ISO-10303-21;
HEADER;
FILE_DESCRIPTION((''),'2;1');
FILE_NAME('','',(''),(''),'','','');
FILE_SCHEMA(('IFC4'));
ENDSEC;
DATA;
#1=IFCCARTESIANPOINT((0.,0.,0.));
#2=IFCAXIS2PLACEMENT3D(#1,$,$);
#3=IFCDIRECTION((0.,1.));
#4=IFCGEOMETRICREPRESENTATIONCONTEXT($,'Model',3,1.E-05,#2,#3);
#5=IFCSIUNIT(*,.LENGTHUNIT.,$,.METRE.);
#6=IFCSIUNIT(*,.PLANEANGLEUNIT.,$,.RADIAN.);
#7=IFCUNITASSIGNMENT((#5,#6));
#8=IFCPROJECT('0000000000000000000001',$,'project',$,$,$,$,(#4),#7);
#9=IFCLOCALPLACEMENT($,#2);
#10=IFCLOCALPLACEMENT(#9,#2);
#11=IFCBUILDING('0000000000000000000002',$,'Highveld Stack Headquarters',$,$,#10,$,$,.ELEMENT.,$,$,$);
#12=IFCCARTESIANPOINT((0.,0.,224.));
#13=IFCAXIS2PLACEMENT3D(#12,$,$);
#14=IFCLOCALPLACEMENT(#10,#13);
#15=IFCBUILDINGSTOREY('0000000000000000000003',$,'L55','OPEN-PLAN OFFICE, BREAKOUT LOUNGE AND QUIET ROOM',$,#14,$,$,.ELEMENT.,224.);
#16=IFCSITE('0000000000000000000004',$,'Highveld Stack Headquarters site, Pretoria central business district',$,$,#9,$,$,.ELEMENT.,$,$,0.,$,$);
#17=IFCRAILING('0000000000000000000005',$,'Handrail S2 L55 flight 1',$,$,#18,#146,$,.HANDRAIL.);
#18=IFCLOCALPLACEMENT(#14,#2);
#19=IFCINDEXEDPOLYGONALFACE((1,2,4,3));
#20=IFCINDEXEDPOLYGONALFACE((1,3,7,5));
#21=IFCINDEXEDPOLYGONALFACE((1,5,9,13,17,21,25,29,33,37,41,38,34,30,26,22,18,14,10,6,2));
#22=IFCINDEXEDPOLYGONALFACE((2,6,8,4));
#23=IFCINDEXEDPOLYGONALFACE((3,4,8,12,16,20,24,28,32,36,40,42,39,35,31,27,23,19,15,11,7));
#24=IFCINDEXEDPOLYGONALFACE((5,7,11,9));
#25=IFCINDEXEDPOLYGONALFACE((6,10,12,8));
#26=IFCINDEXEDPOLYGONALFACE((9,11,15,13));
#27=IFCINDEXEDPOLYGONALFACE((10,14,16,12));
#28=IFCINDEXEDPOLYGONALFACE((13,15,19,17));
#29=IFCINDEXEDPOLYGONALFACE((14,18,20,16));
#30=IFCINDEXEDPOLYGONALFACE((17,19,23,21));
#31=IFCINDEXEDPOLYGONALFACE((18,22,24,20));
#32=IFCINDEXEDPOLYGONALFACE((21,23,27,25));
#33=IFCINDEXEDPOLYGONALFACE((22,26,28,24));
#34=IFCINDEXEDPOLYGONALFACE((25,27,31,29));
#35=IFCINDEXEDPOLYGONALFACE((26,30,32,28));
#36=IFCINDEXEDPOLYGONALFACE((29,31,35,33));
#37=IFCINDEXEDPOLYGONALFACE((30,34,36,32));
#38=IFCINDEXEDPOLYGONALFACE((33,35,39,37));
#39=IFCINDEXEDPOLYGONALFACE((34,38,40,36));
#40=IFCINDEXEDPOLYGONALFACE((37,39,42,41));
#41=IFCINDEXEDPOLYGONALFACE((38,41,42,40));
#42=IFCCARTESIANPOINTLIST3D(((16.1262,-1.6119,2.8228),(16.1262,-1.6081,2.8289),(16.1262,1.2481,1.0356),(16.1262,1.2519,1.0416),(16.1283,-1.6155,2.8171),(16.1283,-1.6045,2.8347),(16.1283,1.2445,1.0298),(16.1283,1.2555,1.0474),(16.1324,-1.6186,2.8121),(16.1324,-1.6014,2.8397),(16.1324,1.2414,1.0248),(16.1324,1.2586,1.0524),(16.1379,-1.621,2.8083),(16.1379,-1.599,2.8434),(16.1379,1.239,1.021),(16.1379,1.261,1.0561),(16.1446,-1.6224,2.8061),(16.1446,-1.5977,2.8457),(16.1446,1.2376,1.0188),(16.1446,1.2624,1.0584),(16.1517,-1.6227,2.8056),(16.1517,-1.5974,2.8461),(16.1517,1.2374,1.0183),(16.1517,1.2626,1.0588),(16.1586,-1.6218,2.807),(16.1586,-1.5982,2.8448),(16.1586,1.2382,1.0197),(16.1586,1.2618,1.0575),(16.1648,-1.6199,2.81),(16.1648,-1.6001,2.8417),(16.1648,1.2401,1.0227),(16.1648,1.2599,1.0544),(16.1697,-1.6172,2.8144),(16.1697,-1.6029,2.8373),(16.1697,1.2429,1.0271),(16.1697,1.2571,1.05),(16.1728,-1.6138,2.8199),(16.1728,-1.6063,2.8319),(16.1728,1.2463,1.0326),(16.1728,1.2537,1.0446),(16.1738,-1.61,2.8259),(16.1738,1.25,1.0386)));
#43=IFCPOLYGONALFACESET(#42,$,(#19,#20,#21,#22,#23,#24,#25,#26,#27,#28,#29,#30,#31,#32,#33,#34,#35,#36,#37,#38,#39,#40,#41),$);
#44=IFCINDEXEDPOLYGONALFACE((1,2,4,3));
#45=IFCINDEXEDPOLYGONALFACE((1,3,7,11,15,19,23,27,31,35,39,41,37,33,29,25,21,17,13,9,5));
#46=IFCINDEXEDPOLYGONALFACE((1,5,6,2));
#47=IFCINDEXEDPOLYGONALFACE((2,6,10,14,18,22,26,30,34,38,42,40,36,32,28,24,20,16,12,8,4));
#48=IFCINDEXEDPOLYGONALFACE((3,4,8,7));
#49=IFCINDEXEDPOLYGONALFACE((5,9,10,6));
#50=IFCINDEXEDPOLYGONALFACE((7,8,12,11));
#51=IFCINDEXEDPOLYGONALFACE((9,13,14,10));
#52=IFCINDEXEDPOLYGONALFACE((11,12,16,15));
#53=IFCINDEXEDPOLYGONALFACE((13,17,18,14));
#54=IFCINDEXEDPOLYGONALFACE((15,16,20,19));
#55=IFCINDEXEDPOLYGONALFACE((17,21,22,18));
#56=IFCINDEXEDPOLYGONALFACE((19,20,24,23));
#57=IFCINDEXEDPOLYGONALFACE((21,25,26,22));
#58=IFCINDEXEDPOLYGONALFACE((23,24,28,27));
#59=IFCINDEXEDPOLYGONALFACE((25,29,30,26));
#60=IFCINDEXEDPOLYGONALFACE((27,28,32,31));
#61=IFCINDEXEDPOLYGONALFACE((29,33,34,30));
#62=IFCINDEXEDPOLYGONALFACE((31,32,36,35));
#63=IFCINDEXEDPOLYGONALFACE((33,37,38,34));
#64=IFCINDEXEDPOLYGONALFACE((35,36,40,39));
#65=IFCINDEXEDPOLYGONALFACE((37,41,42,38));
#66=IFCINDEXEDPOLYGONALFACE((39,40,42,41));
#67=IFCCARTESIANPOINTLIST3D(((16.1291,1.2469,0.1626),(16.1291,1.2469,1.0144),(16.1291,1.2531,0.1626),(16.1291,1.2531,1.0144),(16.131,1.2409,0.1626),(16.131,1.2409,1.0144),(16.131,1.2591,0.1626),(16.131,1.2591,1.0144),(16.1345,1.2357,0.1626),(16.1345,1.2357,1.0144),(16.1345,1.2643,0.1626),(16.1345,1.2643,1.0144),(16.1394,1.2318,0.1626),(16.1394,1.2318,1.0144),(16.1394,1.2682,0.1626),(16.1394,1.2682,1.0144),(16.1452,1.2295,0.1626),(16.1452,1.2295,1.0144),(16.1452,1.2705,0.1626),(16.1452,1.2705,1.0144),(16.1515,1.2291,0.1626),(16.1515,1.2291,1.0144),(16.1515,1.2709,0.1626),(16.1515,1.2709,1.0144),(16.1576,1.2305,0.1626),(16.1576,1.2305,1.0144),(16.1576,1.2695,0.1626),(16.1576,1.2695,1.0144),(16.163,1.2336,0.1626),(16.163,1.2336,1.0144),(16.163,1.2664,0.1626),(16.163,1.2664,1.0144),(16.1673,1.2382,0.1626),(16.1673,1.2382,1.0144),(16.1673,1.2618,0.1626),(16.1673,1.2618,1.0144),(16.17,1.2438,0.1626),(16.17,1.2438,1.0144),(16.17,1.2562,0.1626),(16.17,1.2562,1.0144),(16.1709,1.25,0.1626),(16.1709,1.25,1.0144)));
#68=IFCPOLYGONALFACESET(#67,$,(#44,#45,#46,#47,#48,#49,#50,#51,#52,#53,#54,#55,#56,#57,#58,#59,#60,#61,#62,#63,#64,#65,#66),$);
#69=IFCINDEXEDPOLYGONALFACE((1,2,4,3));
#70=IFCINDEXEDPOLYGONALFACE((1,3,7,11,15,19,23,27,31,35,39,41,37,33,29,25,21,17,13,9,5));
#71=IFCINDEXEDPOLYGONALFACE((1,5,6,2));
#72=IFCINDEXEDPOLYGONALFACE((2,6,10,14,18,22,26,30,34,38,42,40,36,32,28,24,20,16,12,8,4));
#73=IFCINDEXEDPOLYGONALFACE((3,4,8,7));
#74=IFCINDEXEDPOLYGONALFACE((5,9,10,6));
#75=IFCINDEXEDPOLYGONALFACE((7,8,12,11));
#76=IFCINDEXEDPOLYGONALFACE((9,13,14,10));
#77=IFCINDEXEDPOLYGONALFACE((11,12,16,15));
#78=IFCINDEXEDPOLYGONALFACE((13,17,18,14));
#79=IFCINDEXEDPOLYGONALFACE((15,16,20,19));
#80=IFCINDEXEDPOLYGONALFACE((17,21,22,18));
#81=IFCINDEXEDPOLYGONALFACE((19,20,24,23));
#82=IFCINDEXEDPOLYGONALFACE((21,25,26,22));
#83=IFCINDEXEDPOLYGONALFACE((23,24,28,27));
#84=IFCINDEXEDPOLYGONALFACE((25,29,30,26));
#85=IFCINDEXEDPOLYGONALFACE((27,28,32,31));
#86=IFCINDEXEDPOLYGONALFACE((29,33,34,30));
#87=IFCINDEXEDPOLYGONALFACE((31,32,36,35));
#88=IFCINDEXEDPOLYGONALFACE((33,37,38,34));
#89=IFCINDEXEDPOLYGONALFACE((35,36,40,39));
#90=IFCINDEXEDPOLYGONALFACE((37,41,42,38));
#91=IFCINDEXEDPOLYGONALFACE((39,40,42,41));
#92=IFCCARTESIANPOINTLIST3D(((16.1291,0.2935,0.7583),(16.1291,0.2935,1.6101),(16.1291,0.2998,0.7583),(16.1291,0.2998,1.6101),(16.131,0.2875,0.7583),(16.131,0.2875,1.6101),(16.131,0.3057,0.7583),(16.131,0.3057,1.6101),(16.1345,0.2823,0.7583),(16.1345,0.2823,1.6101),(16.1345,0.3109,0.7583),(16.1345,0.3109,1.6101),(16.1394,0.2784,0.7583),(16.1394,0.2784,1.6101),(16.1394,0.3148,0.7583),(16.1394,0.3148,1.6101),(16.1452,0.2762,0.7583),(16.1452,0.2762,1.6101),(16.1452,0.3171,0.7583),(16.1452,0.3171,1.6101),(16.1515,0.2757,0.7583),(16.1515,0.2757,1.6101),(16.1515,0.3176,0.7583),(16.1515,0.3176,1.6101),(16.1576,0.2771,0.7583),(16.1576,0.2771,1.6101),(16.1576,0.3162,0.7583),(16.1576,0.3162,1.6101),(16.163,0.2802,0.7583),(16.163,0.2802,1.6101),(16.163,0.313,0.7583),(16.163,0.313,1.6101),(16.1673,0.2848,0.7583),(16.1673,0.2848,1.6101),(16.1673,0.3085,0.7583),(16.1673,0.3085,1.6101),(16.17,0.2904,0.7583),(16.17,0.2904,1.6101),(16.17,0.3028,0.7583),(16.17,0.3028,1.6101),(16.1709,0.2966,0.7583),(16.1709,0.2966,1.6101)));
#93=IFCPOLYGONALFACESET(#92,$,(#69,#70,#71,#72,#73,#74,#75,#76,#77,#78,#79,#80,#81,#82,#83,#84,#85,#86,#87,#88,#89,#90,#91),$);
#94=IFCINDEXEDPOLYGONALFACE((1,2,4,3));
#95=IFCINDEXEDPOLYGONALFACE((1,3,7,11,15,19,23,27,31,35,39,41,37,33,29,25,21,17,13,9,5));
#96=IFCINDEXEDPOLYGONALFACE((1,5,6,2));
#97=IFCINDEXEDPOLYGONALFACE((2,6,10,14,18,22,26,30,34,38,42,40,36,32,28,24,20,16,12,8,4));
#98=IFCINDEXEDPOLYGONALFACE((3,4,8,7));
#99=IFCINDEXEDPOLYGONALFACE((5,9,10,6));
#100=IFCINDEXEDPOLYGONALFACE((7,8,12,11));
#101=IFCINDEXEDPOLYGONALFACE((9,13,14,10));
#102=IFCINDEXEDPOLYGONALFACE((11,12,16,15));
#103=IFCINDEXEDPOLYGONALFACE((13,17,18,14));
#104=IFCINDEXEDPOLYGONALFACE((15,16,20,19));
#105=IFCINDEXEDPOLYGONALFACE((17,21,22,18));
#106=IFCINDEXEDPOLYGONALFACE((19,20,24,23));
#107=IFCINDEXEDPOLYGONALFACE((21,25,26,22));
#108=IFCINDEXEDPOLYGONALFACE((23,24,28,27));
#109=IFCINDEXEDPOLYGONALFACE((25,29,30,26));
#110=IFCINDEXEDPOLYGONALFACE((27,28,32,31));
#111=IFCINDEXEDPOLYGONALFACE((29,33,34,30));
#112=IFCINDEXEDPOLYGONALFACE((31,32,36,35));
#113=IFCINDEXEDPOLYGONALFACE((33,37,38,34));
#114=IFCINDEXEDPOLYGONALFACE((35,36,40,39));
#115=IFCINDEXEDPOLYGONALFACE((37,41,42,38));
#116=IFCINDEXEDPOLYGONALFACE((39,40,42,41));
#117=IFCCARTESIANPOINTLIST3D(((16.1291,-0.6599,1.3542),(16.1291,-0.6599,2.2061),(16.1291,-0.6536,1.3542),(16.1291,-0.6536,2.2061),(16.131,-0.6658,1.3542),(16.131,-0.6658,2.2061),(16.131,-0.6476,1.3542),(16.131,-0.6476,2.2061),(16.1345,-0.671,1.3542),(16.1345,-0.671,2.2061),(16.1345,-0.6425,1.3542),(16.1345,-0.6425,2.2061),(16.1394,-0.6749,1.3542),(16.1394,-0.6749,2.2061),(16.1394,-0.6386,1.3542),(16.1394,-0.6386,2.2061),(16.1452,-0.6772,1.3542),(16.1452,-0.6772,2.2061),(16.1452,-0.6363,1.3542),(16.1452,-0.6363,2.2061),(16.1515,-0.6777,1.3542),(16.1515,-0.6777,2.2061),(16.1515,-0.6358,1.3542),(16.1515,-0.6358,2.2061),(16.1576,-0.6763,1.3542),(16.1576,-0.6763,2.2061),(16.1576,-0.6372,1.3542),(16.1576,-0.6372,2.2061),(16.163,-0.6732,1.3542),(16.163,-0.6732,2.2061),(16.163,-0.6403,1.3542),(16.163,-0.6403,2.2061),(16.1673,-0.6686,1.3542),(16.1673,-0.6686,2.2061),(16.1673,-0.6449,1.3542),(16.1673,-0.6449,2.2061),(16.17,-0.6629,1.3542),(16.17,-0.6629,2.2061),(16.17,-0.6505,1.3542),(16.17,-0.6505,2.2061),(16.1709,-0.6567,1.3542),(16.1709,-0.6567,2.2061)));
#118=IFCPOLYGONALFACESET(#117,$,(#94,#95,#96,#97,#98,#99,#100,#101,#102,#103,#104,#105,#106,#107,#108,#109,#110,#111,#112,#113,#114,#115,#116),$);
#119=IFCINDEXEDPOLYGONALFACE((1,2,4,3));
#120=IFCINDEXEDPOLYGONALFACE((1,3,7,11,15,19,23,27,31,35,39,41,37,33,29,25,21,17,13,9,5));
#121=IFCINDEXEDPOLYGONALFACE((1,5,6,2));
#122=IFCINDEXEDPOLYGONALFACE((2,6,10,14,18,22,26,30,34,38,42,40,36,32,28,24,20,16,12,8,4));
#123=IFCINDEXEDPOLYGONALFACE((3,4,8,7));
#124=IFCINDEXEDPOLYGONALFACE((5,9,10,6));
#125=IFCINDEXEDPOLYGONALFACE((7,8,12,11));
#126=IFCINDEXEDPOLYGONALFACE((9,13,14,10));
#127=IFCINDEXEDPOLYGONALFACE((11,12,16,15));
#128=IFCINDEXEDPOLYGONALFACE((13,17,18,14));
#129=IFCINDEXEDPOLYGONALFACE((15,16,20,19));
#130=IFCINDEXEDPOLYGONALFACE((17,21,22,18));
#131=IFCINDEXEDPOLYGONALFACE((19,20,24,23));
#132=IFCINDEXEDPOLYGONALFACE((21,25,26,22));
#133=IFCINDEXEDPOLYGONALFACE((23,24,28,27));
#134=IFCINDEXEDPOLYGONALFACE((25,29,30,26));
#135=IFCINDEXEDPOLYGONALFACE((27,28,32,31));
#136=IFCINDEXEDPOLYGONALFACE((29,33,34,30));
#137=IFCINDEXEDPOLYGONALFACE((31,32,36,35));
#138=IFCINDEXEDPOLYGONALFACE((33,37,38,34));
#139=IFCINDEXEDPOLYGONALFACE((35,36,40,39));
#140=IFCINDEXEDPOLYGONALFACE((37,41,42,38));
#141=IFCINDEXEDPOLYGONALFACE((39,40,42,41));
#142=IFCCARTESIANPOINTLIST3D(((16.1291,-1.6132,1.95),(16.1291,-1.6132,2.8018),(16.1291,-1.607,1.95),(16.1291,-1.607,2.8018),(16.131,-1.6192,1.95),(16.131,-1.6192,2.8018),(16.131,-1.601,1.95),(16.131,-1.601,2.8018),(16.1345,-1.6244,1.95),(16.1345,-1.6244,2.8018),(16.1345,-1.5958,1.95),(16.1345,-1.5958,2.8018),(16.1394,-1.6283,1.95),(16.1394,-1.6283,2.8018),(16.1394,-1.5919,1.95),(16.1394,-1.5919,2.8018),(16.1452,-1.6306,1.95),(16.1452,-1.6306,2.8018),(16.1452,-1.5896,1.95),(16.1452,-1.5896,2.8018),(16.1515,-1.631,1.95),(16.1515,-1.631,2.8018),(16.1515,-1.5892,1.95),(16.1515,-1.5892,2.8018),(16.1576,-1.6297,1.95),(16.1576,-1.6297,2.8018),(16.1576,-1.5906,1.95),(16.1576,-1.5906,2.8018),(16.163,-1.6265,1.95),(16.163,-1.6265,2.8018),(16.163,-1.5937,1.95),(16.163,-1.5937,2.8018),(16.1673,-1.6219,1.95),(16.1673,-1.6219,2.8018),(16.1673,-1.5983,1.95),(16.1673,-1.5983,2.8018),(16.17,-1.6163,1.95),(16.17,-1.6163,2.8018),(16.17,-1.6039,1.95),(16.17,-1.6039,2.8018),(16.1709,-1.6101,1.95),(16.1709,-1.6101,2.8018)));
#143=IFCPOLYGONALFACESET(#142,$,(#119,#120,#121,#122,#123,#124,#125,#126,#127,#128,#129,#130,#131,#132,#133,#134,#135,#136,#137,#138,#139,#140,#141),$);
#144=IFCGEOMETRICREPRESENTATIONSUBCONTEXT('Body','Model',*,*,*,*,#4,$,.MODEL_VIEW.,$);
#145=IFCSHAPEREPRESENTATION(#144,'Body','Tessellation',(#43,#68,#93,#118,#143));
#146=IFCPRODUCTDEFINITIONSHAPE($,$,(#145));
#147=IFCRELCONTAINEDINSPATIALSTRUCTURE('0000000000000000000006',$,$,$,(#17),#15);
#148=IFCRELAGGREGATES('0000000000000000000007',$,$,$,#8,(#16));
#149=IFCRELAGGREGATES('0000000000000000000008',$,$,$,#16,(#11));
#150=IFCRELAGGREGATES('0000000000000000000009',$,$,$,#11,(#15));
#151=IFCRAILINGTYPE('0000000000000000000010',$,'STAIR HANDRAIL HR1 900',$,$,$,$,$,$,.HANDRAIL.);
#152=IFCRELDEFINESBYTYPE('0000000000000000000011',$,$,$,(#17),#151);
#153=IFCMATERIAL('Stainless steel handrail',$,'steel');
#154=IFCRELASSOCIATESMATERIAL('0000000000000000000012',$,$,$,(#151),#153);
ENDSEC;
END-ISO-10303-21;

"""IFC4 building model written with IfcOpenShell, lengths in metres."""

from ifc_helpers import new_model, si_unit, direction, frame, origin, origin_2d, place, context, subcontext, project, spatial, circle, extrude, material, type_object, element, save


model = new_model("IFC4")

# Units and contexts
model_context = context("Model", 3, precision=1e-05, world=origin(), true_north=direction((0.0, 1.0)))
body_context = subcontext(model_context, "Body", "Model", "MODEL_VIEW")
ifc_project = project(units=[si_unit("LENGTHUNIT", "METRE"), si_unit("PLANEANGLEUNIT", "RADIAN")], contexts=[model_context])

# Site, building, storey
site_placement = place(None, origin())
site = spatial("IfcSite", under=ifc_project, at=site_placement, Name="Highveld Stack Headquarters site, Pretoria central business district", CompositionType="ELEMENT", RefElevation=0.0)
building_placement = place(site_placement, origin())
building = spatial("IfcBuilding", under=site, at=building_placement, Name="Highveld Stack Headquarters", CompositionType="ELEMENT")
storey_placement = place(building_placement, frame((0.0, 0.0, 224.0)))
storey = spatial("IfcBuildingStorey", under=building, at=storey_placement, Name="L55", Description="OPEN-PLAN OFFICE, BREAKOUT LOUNGE AND QUIET ROOM", CompositionType="ELEMENT", Elevation=224.0)

# Railing
ifc_material_1 = material(Name="Stainless steel handrail", Category="steel")
railing_type = type_object("IfcRailingType", Name="STAIR HANDRAIL HR1 900", PredefinedType="HANDRAIL", material=ifc_material_1)
for number, where, name in (
    (1, (16.1499, 1.25, 0.1626), "Handrail S2 L55 flight 1"),
):
    element("IfcRailing", number, at=place(storey_placement, frame(where)), inside=storey, type_object=railing_type, Name=name, PredefinedType="HANDRAIL", context=body_context, shape_type="SweptSolid", body=[
        extrude(circle(Radius=0.0239, at=origin_2d()), frame((0.0, 0.0, 0.876), z_axis=(0.0, -0.848027, 0.529953), x_axis=(1.0, 0.0, 0.0)), (0.0, 0.0, 1.0), 3.3726),
        extrude(circle(Radius=0.021, at=origin_2d()), origin(), (0.0, 0.0, 1.0), 0.8518),
        extrude(circle(Radius=0.021, at=origin_2d()), frame((0.0, -0.9534, 0.5957)), (0.0, 0.0, 1.0), 0.8518),
        extrude(circle(Radius=0.021, at=origin_2d()), frame((0.0, -1.9067, 1.1917)), (0.0, 0.0, 1.0), 0.8518),
        extrude(circle(Radius=0.021, at=origin_2d()), frame((0.0, -2.8601, 1.7874)), (0.0, 0.0, 1.0), 0.8518),
    ])

save(model, "model.ifc")
